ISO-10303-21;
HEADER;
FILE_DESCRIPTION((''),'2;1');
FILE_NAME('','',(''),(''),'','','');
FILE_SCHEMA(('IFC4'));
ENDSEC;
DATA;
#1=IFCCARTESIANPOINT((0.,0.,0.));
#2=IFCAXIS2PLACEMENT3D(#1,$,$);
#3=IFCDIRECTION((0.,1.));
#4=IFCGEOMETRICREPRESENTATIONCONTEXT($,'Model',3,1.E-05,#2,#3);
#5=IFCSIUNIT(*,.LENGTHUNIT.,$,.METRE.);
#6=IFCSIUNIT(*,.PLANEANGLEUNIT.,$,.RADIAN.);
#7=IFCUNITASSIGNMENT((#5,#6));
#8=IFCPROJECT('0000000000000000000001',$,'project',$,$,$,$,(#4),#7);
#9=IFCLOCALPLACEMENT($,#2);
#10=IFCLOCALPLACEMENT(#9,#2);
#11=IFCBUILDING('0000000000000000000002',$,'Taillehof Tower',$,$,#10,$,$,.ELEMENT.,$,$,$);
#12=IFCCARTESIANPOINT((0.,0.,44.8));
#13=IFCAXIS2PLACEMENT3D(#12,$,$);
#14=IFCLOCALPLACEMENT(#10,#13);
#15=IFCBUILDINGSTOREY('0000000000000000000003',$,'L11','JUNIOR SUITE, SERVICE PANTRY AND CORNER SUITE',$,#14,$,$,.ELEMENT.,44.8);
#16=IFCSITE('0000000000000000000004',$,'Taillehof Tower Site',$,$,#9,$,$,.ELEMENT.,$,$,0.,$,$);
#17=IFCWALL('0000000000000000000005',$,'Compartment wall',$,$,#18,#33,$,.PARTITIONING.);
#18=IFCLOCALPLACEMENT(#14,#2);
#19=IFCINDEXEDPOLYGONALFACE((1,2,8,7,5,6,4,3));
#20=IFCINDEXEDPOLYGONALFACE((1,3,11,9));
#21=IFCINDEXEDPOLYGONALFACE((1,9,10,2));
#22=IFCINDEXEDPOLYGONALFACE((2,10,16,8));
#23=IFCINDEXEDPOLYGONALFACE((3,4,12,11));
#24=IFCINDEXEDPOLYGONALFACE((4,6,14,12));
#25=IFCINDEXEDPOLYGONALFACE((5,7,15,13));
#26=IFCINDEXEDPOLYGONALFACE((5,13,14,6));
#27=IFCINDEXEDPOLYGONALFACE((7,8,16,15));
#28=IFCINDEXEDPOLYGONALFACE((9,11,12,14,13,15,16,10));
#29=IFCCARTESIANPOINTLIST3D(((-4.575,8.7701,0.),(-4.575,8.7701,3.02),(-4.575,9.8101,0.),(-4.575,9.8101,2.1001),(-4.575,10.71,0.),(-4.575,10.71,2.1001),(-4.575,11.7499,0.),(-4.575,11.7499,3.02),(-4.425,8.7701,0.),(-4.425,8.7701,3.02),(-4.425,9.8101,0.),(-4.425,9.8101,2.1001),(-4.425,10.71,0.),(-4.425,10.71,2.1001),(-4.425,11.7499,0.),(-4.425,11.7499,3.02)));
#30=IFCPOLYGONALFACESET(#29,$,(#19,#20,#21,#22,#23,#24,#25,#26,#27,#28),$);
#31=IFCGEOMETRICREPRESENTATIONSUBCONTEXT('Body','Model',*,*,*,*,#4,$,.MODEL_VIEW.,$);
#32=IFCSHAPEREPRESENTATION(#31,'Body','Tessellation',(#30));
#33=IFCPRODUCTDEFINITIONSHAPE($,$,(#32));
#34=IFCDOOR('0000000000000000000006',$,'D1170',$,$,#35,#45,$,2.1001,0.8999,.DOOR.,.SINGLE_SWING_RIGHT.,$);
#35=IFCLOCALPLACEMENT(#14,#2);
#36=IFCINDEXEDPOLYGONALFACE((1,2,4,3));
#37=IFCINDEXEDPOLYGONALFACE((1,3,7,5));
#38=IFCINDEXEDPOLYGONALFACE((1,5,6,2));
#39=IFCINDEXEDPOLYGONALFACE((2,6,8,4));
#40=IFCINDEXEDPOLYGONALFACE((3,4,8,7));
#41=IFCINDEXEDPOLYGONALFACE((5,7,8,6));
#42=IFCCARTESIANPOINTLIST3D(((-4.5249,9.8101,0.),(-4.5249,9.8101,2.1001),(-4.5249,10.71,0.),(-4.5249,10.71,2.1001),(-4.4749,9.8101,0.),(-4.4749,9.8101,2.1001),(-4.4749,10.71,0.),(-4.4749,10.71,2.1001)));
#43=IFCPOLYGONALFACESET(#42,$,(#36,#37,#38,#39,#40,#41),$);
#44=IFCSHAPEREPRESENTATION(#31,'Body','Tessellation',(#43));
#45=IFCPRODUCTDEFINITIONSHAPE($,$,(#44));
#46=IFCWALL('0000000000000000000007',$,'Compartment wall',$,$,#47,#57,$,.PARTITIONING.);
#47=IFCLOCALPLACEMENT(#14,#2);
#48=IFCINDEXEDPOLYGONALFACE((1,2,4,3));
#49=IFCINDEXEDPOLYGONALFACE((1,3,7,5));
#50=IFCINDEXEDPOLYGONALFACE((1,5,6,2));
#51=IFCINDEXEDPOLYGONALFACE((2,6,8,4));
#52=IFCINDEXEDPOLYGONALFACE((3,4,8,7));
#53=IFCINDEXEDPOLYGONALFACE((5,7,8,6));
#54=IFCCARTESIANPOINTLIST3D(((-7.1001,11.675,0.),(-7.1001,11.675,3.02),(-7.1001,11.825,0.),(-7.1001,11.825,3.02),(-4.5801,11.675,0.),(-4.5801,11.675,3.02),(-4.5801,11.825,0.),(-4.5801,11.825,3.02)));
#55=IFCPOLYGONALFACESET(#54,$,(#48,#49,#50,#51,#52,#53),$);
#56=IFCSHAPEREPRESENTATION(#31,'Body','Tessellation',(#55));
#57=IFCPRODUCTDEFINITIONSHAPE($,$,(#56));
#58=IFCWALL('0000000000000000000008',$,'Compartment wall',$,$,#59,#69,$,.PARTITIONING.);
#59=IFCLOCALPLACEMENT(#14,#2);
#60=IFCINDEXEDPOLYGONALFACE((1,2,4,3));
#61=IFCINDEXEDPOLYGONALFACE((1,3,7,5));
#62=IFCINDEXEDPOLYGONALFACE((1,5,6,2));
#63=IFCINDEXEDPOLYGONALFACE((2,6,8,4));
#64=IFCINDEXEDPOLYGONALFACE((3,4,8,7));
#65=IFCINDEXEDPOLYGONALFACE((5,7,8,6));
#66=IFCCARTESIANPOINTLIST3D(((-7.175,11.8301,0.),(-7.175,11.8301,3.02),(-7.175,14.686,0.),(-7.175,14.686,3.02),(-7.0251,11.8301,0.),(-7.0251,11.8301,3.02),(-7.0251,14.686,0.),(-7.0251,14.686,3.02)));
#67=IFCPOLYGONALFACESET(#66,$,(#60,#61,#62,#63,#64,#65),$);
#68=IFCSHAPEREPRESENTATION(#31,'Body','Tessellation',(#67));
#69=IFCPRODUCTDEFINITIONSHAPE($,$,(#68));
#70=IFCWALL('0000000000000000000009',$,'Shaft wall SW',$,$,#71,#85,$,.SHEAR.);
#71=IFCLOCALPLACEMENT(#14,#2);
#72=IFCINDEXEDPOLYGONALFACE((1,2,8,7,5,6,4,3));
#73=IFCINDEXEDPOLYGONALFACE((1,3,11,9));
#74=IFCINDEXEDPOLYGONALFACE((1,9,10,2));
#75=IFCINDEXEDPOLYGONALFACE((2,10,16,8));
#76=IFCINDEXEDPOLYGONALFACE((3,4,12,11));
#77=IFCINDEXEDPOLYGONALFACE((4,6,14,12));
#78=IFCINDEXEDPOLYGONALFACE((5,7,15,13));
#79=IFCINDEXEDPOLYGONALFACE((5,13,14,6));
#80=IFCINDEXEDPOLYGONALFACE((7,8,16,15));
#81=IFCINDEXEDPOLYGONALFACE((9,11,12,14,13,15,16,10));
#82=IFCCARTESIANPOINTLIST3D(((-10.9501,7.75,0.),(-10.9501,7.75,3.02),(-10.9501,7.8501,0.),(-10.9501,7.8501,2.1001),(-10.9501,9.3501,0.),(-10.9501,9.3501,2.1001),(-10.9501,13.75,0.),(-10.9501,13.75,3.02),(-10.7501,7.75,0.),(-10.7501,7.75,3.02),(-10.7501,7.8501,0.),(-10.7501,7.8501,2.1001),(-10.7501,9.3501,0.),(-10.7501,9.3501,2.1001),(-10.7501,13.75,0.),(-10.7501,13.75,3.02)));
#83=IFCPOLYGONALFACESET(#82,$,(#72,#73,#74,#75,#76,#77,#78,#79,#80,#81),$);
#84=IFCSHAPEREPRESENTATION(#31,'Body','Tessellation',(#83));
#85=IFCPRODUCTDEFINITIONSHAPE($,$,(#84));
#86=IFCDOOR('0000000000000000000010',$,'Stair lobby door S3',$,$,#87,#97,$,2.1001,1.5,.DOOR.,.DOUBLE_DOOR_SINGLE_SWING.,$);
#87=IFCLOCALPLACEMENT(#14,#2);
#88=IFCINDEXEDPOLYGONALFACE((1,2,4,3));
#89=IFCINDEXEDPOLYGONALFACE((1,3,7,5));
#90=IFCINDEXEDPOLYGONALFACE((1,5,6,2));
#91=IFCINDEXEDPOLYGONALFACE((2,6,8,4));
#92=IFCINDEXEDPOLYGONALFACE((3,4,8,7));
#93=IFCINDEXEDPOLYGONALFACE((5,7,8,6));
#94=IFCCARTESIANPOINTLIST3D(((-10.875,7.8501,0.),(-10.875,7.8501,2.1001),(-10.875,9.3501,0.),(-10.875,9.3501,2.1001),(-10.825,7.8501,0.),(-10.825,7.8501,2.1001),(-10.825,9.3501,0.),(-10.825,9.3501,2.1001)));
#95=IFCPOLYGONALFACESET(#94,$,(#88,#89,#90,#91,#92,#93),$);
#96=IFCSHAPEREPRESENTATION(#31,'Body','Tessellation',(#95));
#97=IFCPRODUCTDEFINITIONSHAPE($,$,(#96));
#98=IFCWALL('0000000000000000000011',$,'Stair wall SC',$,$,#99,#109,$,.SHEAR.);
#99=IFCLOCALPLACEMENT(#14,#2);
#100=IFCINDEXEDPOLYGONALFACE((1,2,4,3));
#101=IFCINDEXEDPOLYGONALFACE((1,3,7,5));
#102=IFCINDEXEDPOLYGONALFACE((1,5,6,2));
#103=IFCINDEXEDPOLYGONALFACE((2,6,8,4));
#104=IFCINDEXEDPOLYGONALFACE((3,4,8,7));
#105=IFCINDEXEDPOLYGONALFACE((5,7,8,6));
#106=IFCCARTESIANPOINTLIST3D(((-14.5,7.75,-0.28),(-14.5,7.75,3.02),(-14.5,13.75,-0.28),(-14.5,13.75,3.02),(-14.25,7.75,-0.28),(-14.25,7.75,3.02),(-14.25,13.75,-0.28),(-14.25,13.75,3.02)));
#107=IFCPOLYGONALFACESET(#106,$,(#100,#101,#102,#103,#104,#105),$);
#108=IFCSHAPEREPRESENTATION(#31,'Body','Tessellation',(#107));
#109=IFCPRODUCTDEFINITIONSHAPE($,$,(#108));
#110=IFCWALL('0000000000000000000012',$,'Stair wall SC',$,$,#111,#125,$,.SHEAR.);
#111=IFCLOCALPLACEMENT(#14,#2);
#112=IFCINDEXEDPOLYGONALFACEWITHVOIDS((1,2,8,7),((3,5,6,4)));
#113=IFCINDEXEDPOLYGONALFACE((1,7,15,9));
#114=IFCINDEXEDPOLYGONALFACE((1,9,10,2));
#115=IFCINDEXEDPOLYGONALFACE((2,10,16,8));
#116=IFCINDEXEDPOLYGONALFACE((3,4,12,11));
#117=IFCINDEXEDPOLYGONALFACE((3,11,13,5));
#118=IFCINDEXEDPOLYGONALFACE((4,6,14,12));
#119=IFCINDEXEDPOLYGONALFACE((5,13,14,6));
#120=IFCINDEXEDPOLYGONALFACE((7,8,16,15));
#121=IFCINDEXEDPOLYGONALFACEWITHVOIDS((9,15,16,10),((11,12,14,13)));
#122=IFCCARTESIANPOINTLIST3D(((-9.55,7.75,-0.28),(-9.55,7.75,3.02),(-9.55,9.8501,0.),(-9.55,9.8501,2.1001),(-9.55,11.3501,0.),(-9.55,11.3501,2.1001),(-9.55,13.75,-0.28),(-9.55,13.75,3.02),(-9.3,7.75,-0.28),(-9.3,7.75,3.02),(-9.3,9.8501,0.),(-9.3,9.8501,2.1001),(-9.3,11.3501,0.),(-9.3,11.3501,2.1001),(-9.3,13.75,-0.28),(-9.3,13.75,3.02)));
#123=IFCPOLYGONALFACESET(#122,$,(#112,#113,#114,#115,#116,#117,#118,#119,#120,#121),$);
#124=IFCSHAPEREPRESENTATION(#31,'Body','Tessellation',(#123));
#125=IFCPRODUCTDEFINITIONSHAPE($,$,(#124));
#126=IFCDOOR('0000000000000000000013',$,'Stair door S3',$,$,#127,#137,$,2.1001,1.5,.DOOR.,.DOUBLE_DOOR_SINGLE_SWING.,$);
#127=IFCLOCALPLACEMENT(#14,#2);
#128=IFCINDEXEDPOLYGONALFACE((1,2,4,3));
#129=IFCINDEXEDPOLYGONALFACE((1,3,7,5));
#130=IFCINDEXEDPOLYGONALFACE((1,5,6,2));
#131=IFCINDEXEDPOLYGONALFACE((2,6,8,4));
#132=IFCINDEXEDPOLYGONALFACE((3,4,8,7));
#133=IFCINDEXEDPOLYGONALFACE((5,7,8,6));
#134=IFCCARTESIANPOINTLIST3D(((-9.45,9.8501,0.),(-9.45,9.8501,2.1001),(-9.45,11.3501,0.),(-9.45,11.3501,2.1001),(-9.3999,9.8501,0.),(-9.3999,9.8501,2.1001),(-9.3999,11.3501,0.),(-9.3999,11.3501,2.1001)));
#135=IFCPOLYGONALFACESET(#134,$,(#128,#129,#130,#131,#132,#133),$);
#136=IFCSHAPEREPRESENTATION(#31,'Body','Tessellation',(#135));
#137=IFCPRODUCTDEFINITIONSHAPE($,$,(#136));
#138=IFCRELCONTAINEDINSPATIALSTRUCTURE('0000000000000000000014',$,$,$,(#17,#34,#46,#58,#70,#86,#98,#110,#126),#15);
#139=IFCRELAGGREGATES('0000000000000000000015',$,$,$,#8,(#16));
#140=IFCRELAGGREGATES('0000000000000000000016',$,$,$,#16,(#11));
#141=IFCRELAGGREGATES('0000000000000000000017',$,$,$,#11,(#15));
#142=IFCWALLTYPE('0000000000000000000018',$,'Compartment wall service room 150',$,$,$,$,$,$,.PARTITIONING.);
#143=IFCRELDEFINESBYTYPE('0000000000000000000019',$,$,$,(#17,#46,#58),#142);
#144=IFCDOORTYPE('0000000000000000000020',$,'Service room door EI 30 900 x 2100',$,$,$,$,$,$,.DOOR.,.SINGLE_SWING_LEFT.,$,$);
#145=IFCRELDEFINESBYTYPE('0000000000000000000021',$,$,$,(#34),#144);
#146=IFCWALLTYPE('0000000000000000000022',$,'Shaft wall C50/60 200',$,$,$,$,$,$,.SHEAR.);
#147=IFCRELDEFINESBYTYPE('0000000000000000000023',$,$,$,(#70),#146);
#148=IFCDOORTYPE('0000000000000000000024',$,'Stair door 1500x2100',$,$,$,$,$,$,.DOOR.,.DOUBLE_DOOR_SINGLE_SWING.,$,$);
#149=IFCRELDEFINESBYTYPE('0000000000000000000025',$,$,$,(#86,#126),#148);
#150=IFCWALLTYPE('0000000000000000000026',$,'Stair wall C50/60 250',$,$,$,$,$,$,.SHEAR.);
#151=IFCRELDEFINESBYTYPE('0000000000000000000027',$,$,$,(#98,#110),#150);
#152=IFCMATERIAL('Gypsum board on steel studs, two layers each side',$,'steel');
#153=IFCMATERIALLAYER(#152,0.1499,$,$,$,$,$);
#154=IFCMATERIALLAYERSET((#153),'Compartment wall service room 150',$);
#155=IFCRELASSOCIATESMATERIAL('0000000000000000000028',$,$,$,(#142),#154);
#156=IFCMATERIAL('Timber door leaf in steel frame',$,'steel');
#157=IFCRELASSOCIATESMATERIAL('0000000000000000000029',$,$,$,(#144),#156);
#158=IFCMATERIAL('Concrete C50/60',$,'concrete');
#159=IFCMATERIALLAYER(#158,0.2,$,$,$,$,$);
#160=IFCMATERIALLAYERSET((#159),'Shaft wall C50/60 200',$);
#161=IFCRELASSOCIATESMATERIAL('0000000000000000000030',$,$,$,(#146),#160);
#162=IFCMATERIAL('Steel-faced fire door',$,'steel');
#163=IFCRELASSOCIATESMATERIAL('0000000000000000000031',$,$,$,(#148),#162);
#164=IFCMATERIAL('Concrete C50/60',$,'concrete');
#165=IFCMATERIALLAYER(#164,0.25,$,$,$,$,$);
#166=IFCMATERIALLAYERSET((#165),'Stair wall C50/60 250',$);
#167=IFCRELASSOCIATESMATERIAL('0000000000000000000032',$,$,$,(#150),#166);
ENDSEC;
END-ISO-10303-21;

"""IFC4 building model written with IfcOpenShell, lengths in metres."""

from ifc_helpers import new_model, si_unit, direction, frame, frame_2d, origin, place, context, subcontext, project, spatial, rectangle, extrude, material, layer, layer_set, type_object, element, fill, save


model = new_model("IFC4")

# Units and contexts
model_context = context("Model", 3, precision=1e-05, world=origin(), true_north=direction((0.0, 1.0)))
body_context = subcontext(model_context, "Body", "Model", "MODEL_VIEW")
ifc_project = project(units=[si_unit("LENGTHUNIT", "METRE"), si_unit("PLANEANGLEUNIT", "RADIAN")], contexts=[model_context])

# Site, building, storey
site_placement = place(None, origin())
site = spatial("IfcSite", under=ifc_project, at=site_placement, Name="Taillehof Tower Site", CompositionType="ELEMENT", RefElevation=0.0)
building_placement = place(site_placement, origin())
building = spatial("IfcBuilding", under=site, at=building_placement, Name="Taillehof Tower", CompositionType="ELEMENT")
storey_placement = place(building_placement, frame((0.0, 0.0, 44.8)))
storey = spatial("IfcBuildingStorey", under=building, at=storey_placement, Name="L11", Description="JUNIOR SUITE, SERVICE PANTRY AND CORNER SUITE", CompositionType="ELEMENT", Elevation=44.8)

# Shared definitions
ifc_material_1 = material(Name="Gypsum board on steel studs, two layers each side", Category="steel")
ifc_layer_1 = layer(ifc_material_1, 0.1499)
ifc_layer_set_1 = layer_set([ifc_layer_1], Name="Compartment wall service room 150")
wall_type_1 = type_object("IfcWallType", Name="Compartment wall service room 150", PredefinedType="PARTITIONING", material=ifc_layer_set_1)

# Wall, opening, door
wall_1_placement = place(storey_placement, frame((-4.5, 8.7703, 0.0), z_axis=(0.0, 0.0, 1.0), x_axis=(0.0, 1.0, 0.0)))
wall_1 = element("IfcWall", 1, at=wall_1_placement, inside=storey, type_object=wall_type_1, Name="Compartment wall", PredefinedType="PARTITIONING", context=body_context, shape_type="SweptSolid", body=[
    extrude(rectangle(XDim=2.9797, YDim=0.1499, at=frame_2d((1.4897, 0.0))), origin(), (0.0, 0.0, 1.0), 3.02),
])
opening_1_placement = place(wall_1_placement, frame((1.0398, 0.0, 0.0)))
opening_1 = element("IfcOpeningElement", 2, at=opening_1_placement, cuts=wall_1, PredefinedType="OPENING", context=body_context, shape_type="SweptSolid", body=[
    extrude(rectangle(XDim=0.8999, YDim=2.1001, at=frame_2d((0.45, 1.05))), frame((0.0, 0.085, 0.0), z_axis=(0.0, -1.0, 0.0), x_axis=(1.0, 0.0, 0.0)), (0.0, 0.0, 1.0), 0.1699),
])
ifc_material_2 = material(Name="Timber door leaf in steel frame", Category="steel")
door_type_1 = type_object("IfcDoorType", Name="Service room door EI 30 900 x 2100", OperationType="SINGLE_SWING_LEFT", PredefinedType="DOOR", material=ifc_material_2)
door_1_placement = place(opening_1_placement, origin())
door_1 = element("IfcDoor", 3, at=door_1_placement, inside=storey, type_object=door_type_1, Name="D1170", OperationType="SINGLE_SWING_RIGHT", OverallHeight=2.1001, OverallWidth=0.8999, PredefinedType="DOOR", context=body_context, shape_type="SweptSolid", body=[
    extrude(rectangle(XDim=0.8999, YDim=2.1001, at=frame_2d((0.45, 1.05))), frame((0.0, 0.0249, 0.0), z_axis=(0.0, -1.0, 0.0), x_axis=(1.0, 0.0, 0.0)), (0.0, 0.0, 1.0), 0.05),
])
fill(opening_1, door_1)

# Walls
wall_2_placement = place(storey_placement, frame((-4.5801, 11.75, 0.0), z_axis=(0.0, 0.0, 1.0), x_axis=(-1.0, 0.0, 0.0)))
element("IfcWall", 4, at=wall_2_placement, inside=storey, type_object=wall_type_1, Name="Compartment wall", PredefinedType="PARTITIONING", context=body_context, shape_type="SweptSolid", body=[
    extrude(rectangle(XDim=2.52, YDim=0.1499, at=frame_2d((1.26, 0.0))), origin(), (0.0, 0.0, 1.0), 3.02),
])
wall_3_placement = place(storey_placement, frame((-7.1001, 11.8301, 0.0), z_axis=(0.0, 0.0, 1.0), x_axis=(0.0, 1.0, 0.0)))
element("IfcWall", 5, at=wall_3_placement, inside=storey, type_object=wall_type_1, Name="Compartment wall", PredefinedType="PARTITIONING", context=body_context, shape_type="SweptSolid", body=[
    extrude(rectangle(XDim=2.856, YDim=0.1499, at=frame_2d((1.428, 0.0))), origin(), (0.0, 0.0, 1.0), 3.02),
])

# Wall, opening, door
ifc_material_3 = material(Name="Concrete C50/60", Category="concrete")
ifc_layer_2 = layer(ifc_material_3, 0.2)
ifc_layer_set_2 = layer_set([ifc_layer_2], Name="Shaft wall C50/60 200")
wall_type_2 = type_object("IfcWallType", Name="Shaft wall C50/60 200", PredefinedType="SHEAR", material=ifc_layer_set_2)
wall_4_placement = place(storey_placement, frame((-10.8501, 7.75, 0.0), z_axis=(0.0, 0.0, 1.0), x_axis=(0.0, 1.0, 0.0)))
wall_4 = element("IfcWall", 6, at=wall_4_placement, inside=storey, type_object=wall_type_2, Name="Shaft wall SW", PredefinedType="SHEAR", context=body_context, shape_type="SweptSolid", body=[
    extrude(rectangle(XDim=6.0, YDim=0.2, at=frame_2d((3.0, 0.0))), origin(), (0.0, 0.0, 1.0), 3.02),
])
opening_2_placement = place(wall_4_placement, frame((0.1001, 0.0, 0.0)))
opening_2 = element("IfcOpeningElement", 7, at=opening_2_placement, cuts=wall_4, PredefinedType="OPENING", context=body_context, shape_type="SweptSolid", body=[
    extrude(rectangle(XDim=1.5, YDim=2.1001, at=frame_2d((0.75, 1.05))), frame((0.0, 0.1099, 0.0), z_axis=(0.0, -1.0, 0.0), x_axis=(1.0, 0.0, 0.0)), (0.0, 0.0, 1.0), 0.22),
])
ifc_material_4 = material(Name="Steel-faced fire door", Category="steel")
door_type_2 = type_object("IfcDoorType", Name="Stair door 1500x2100", OperationType="DOUBLE_DOOR_SINGLE_SWING", PredefinedType="DOOR", material=ifc_material_4)
door_2_placement = place(opening_2_placement, origin())
door_2 = element("IfcDoor", 8, at=door_2_placement, inside=storey, type_object=door_type_2, Name="Stair lobby door S3", OperationType="DOUBLE_DOOR_SINGLE_SWING", OverallHeight=2.1001, OverallWidth=1.5, PredefinedType="DOOR", context=body_context, shape_type="SweptSolid", body=[
    extrude(rectangle(XDim=1.5, YDim=2.1001, at=frame_2d((0.75, 1.05))), frame((0.0, 0.0249, 0.0), z_axis=(0.0, -1.0, 0.0), x_axis=(1.0, 0.0, 0.0)), (0.0, 0.0, 1.0), 0.05),
])
fill(opening_2, door_2)

# Wall
ifc_material_5 = material(Name="Concrete C50/60", Category="concrete")
ifc_layer_3 = layer(ifc_material_5, 0.25)
ifc_layer_set_3 = layer_set([ifc_layer_3], Name="Stair wall C50/60 250")
wall_type_3 = type_object("IfcWallType", Name="Stair wall C50/60 250", PredefinedType="SHEAR", material=ifc_layer_set_3)
wall_5_placement = place(storey_placement, frame((-14.375, 7.75, -0.28), z_axis=(0.0, 0.0, 1.0), x_axis=(0.0, 1.0, 0.0)))
element("IfcWall", 9, at=wall_5_placement, inside=storey, type_object=wall_type_3, Name="Stair wall SC", PredefinedType="SHEAR", context=body_context, shape_type="SweptSolid", body=[
    extrude(rectangle(XDim=6.0, YDim=0.25, at=frame_2d((3.0, 0.0))), origin(), (0.0, 0.0, 1.0), 3.3),
])

# Wall, opening, door
wall_6_placement = place(storey_placement, frame((-9.425, 7.75, -0.28), z_axis=(0.0, 0.0, 1.0), x_axis=(0.0, 1.0, 0.0)))
wall_6 = element("IfcWall", 10, at=wall_6_placement, inside=storey, type_object=wall_type_3, Name="Stair wall SC", PredefinedType="SHEAR", context=body_context, shape_type="SweptSolid", body=[
    extrude(rectangle(XDim=6.0, YDim=0.25, at=frame_2d((3.0, 0.0))), origin(), (0.0, 0.0, 1.0), 3.3),
])
opening_3_placement = place(wall_6_placement, frame((2.1001, 0.0, 0.28)))
opening_3 = element("IfcOpeningElement", 11, at=opening_3_placement, cuts=wall_6, PredefinedType="OPENING", context=body_context, shape_type="SweptSolid", body=[
    extrude(rectangle(XDim=1.5, YDim=2.1001, at=frame_2d((0.75, 1.05))), frame((0.0, 0.135, 0.0), z_axis=(0.0, -1.0, 0.0), x_axis=(1.0, 0.0, 0.0)), (0.0, 0.0, 1.0), 0.27),
])
door_3_placement = place(opening_3_placement, origin())
door_3 = element("IfcDoor", 12, at=door_3_placement, inside=storey, type_object=door_type_2, Name="Stair door S3", OperationType="DOUBLE_DOOR_SINGLE_SWING", OverallHeight=2.1001, OverallWidth=1.5, PredefinedType="DOOR", context=body_context, shape_type="SweptSolid", body=[
    extrude(rectangle(XDim=1.5, YDim=2.1001, at=frame_2d((0.75, 1.05))), frame((0.0, 0.0249, 0.0), z_axis=(0.0, -1.0, 0.0), x_axis=(1.0, 0.0, 0.0)), (0.0, 0.0, 1.0), 0.05),
])
fill(opening_3, door_3)

save(model, "model.ifc")
